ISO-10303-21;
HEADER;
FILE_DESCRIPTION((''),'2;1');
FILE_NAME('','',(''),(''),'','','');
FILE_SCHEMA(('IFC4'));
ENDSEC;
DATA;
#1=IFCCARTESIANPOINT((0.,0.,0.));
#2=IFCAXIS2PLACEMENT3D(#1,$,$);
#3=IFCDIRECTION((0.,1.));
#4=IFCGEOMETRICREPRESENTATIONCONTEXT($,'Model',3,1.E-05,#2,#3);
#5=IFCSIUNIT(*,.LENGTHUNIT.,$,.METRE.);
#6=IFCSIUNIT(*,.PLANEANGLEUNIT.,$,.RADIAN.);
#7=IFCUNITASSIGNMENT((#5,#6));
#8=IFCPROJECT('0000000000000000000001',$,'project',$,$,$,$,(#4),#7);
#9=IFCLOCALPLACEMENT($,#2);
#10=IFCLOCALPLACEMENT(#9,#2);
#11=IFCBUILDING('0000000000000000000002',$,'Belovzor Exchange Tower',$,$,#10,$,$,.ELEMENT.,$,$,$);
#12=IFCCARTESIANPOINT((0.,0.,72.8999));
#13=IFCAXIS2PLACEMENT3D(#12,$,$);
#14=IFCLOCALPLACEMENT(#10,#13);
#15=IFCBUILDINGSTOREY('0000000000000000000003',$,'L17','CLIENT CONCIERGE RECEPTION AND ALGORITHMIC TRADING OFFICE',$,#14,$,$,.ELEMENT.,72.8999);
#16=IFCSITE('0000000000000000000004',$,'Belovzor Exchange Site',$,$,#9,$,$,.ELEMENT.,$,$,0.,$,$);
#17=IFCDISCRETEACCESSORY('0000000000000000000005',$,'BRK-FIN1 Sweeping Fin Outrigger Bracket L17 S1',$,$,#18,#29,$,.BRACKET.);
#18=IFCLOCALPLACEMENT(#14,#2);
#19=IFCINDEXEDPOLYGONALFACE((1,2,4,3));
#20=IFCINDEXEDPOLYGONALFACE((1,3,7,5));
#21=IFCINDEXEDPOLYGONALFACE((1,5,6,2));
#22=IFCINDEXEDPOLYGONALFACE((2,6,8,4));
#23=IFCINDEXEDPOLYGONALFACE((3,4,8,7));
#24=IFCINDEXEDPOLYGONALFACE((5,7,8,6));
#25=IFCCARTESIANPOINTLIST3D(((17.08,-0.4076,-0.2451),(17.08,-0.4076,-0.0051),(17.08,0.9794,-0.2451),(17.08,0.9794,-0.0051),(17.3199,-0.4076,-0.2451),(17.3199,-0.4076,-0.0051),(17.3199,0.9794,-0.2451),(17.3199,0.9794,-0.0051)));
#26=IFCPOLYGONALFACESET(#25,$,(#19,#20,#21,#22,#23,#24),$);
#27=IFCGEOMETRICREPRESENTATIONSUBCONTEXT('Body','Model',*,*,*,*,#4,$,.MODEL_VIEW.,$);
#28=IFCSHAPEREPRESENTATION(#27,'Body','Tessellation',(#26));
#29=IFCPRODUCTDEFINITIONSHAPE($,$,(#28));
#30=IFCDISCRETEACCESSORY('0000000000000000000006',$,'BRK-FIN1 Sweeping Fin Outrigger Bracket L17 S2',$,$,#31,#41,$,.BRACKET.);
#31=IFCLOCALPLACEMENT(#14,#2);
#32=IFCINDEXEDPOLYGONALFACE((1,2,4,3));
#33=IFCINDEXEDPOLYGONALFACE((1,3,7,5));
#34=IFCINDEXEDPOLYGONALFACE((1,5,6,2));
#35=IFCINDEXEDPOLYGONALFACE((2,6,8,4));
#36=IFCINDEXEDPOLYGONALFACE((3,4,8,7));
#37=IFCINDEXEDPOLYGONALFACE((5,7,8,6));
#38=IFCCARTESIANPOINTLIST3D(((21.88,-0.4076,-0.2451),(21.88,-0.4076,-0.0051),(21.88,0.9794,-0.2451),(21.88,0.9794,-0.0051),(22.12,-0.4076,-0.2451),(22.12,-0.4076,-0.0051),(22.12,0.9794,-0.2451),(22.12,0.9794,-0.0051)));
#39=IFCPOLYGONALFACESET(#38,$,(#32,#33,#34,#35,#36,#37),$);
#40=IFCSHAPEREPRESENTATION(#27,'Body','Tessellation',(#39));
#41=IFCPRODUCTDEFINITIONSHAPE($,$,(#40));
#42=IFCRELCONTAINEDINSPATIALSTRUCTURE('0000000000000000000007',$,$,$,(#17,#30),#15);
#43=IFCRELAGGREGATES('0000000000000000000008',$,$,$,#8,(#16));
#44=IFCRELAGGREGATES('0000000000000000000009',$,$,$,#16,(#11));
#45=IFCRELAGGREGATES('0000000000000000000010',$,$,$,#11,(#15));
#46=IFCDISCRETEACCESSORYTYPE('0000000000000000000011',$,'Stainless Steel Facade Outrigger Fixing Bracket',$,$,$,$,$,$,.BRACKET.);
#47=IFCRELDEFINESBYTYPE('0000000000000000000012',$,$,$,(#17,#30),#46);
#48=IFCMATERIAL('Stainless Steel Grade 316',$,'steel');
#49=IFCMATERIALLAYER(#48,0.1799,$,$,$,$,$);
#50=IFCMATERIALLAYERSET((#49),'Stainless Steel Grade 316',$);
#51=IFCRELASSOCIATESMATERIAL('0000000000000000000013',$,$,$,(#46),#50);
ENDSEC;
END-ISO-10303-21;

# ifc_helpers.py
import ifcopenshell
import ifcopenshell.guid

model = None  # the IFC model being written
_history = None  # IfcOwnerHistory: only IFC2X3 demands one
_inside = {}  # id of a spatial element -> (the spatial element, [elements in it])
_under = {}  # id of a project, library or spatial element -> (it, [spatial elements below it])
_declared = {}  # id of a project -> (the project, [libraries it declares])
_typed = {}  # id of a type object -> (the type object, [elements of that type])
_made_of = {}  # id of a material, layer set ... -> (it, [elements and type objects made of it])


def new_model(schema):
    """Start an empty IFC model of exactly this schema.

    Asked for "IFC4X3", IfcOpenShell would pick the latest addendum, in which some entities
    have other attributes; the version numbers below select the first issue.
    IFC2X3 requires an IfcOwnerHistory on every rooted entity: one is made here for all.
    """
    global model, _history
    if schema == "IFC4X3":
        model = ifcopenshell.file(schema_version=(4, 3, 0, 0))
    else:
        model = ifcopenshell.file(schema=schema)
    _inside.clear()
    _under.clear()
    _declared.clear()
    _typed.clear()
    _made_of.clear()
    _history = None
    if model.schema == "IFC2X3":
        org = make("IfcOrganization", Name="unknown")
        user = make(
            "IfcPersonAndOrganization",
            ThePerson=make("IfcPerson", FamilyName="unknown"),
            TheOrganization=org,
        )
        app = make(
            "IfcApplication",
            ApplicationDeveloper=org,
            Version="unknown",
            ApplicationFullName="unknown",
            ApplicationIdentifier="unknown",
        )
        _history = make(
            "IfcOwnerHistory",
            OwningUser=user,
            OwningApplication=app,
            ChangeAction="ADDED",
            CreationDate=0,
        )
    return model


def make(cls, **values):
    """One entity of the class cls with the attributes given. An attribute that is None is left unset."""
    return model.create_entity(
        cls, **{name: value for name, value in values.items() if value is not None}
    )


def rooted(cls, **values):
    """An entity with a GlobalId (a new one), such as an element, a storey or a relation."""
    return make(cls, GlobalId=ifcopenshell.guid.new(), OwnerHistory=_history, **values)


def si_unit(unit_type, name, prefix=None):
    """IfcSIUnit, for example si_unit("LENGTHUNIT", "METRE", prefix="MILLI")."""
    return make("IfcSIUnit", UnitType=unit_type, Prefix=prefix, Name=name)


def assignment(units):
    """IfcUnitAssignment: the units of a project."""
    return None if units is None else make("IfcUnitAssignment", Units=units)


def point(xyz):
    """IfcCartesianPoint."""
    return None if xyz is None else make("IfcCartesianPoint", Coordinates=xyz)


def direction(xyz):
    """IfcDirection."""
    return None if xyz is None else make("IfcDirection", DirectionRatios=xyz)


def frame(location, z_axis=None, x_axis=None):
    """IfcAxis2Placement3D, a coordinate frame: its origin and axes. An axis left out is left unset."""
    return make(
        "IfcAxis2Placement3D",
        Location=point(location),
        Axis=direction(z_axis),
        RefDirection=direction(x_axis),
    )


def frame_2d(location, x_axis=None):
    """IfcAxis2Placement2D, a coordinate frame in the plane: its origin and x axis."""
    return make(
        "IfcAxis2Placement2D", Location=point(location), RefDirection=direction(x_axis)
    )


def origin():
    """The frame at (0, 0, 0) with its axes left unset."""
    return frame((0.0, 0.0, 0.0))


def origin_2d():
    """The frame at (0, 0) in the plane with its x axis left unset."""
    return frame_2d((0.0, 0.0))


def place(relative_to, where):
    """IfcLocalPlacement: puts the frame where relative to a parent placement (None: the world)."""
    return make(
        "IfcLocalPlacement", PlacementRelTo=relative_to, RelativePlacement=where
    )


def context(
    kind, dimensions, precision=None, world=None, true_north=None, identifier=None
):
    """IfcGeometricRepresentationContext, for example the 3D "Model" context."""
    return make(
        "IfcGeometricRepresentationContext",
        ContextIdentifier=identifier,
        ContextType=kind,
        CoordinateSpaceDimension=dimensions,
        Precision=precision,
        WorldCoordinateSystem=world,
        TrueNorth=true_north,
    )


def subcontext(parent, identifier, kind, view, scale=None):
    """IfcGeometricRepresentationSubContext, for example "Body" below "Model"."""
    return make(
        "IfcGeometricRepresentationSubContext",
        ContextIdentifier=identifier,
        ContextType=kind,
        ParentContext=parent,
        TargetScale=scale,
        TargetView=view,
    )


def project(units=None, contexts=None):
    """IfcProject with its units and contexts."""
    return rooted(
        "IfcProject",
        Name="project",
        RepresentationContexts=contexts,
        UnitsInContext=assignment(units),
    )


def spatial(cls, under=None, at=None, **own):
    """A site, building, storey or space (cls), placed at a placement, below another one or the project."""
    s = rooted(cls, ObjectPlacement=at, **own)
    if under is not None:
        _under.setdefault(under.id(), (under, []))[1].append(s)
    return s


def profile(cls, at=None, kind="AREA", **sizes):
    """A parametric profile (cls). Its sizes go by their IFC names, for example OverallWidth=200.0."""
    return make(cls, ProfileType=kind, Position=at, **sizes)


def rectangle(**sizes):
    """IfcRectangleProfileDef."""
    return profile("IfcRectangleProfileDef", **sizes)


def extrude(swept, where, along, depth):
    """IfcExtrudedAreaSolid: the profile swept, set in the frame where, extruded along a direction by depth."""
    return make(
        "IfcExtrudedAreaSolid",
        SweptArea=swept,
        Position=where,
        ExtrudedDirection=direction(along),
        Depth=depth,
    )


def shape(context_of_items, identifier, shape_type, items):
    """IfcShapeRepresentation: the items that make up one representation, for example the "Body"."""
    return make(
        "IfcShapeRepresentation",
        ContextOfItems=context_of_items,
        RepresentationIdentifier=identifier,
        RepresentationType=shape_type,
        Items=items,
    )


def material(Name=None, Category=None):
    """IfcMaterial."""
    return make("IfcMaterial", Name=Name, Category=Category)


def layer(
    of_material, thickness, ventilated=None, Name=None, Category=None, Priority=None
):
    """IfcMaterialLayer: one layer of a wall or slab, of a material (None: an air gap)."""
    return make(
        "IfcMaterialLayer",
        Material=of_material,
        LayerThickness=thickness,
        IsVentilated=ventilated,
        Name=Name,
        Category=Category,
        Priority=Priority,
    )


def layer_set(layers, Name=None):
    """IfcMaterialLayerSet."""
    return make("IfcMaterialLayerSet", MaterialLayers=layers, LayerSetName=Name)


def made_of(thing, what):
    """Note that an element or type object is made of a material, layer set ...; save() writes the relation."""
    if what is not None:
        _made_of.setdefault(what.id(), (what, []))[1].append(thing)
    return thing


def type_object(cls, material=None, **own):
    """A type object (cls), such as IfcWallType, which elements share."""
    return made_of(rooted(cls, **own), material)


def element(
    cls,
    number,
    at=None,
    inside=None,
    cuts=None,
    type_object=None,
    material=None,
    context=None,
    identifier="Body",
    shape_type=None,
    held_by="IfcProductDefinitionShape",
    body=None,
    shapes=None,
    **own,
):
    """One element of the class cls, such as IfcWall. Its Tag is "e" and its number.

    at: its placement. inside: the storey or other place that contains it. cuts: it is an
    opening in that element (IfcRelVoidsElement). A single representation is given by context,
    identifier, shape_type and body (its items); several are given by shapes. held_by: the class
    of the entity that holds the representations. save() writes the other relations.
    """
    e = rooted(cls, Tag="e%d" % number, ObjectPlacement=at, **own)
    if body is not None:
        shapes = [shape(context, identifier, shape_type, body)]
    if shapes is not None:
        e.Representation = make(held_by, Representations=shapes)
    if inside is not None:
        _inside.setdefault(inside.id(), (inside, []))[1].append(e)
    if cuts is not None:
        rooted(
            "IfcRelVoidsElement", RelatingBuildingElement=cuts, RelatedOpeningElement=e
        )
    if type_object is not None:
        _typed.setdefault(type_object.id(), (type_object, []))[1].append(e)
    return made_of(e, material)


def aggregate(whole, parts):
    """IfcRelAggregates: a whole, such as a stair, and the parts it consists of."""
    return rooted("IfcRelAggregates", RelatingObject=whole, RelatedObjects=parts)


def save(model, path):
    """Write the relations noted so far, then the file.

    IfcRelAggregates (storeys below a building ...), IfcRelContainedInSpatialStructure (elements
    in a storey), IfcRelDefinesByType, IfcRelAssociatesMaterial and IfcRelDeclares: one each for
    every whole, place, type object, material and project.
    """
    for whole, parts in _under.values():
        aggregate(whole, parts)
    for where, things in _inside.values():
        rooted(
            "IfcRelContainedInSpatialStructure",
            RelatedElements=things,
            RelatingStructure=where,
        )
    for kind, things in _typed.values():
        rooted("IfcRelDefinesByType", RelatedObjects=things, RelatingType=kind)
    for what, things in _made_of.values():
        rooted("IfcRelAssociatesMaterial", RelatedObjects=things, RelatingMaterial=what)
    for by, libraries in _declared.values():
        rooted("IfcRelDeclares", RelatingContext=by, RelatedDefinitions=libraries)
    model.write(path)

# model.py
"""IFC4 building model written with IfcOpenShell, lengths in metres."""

from ifc_helpers import new_model, si_unit, direction, frame, origin, origin_2d, place, context, subcontext, project, spatial, rectangle, extrude, material, layer, layer_set, type_object, element, save


model = new_model("IFC4")

# Units and contexts
model_context = context("Model", 3, precision=1e-05, world=origin(), true_north=direction((0.0, 1.0)))
body_context = subcontext(model_context, "Body", "Model", "MODEL_VIEW")
ifc_project = project(units=[si_unit("LENGTHUNIT", "METRE"), si_unit("PLANEANGLEUNIT", "RADIAN")], contexts=[model_context])

# Site, building, storey
site_placement = place(None, origin())
site = spatial("IfcSite", under=ifc_project, at=site_placement, Name="Belovzor Exchange Site", CompositionType="ELEMENT", RefElevation=0.0)
building_placement = place(site_placement, origin())
building = spatial("IfcBuilding", under=site, at=building_placement, Name="Belovzor Exchange Tower", CompositionType="ELEMENT")
storey_placement = place(building_placement, frame((0.0, 0.0, 72.8999)))
storey = spatial("IfcBuildingStorey", under=building, at=storey_placement, Name="L17", Description="CLIENT CONCIERGE RECEPTION AND ALGORITHMIC TRADING OFFICE", CompositionType="ELEMENT", Elevation=72.8999)

# Discrete accessories
ifc_material_1 = material(Name="Stainless Steel Grade 316", Category="steel")
ifc_layer_1 = layer(ifc_material_1, 0.1799)
ifc_layer_set_1 = layer_set([ifc_layer_1], Name="Stainless Steel Grade 316")
discrete_accessory_type = type_object("IfcDiscreteAccessoryType", Name="Stainless Steel Facade Outrigger Fixing Bracket", PredefinedType="BRACKET", material=ifc_layer_set_1)
for number, where, z_axis, x_axis, name in (
    (1, (17.2, 0.2859, -0.2451), (0.0, 0.0, 1.0), (0.0, 1.0, 0.0), "BRK-FIN1 Sweeping Fin Outrigger Bracket L17 S1"),
    (2, (22.0, 0.2859, -0.2451), (0.0, 0.0, 1.0), (0.0, 1.0, 0.0), "BRK-FIN1 Sweeping Fin Outrigger Bracket L17 S2"),
):
    element("IfcDiscreteAccessory", number, at=place(storey_placement, frame(where, z_axis=z_axis, x_axis=x_axis)), inside=storey, type_object=discrete_accessory_type, Name=name, PredefinedType="BRACKET", context=body_context, shape_type="SweptSolid", body=[
        extrude(rectangle(XDim=1.387, YDim=0.24, at=origin_2d()), origin(), (0.0, 0.0, 1.0), 0.24),
    ])

save(model, "model.ifc")
